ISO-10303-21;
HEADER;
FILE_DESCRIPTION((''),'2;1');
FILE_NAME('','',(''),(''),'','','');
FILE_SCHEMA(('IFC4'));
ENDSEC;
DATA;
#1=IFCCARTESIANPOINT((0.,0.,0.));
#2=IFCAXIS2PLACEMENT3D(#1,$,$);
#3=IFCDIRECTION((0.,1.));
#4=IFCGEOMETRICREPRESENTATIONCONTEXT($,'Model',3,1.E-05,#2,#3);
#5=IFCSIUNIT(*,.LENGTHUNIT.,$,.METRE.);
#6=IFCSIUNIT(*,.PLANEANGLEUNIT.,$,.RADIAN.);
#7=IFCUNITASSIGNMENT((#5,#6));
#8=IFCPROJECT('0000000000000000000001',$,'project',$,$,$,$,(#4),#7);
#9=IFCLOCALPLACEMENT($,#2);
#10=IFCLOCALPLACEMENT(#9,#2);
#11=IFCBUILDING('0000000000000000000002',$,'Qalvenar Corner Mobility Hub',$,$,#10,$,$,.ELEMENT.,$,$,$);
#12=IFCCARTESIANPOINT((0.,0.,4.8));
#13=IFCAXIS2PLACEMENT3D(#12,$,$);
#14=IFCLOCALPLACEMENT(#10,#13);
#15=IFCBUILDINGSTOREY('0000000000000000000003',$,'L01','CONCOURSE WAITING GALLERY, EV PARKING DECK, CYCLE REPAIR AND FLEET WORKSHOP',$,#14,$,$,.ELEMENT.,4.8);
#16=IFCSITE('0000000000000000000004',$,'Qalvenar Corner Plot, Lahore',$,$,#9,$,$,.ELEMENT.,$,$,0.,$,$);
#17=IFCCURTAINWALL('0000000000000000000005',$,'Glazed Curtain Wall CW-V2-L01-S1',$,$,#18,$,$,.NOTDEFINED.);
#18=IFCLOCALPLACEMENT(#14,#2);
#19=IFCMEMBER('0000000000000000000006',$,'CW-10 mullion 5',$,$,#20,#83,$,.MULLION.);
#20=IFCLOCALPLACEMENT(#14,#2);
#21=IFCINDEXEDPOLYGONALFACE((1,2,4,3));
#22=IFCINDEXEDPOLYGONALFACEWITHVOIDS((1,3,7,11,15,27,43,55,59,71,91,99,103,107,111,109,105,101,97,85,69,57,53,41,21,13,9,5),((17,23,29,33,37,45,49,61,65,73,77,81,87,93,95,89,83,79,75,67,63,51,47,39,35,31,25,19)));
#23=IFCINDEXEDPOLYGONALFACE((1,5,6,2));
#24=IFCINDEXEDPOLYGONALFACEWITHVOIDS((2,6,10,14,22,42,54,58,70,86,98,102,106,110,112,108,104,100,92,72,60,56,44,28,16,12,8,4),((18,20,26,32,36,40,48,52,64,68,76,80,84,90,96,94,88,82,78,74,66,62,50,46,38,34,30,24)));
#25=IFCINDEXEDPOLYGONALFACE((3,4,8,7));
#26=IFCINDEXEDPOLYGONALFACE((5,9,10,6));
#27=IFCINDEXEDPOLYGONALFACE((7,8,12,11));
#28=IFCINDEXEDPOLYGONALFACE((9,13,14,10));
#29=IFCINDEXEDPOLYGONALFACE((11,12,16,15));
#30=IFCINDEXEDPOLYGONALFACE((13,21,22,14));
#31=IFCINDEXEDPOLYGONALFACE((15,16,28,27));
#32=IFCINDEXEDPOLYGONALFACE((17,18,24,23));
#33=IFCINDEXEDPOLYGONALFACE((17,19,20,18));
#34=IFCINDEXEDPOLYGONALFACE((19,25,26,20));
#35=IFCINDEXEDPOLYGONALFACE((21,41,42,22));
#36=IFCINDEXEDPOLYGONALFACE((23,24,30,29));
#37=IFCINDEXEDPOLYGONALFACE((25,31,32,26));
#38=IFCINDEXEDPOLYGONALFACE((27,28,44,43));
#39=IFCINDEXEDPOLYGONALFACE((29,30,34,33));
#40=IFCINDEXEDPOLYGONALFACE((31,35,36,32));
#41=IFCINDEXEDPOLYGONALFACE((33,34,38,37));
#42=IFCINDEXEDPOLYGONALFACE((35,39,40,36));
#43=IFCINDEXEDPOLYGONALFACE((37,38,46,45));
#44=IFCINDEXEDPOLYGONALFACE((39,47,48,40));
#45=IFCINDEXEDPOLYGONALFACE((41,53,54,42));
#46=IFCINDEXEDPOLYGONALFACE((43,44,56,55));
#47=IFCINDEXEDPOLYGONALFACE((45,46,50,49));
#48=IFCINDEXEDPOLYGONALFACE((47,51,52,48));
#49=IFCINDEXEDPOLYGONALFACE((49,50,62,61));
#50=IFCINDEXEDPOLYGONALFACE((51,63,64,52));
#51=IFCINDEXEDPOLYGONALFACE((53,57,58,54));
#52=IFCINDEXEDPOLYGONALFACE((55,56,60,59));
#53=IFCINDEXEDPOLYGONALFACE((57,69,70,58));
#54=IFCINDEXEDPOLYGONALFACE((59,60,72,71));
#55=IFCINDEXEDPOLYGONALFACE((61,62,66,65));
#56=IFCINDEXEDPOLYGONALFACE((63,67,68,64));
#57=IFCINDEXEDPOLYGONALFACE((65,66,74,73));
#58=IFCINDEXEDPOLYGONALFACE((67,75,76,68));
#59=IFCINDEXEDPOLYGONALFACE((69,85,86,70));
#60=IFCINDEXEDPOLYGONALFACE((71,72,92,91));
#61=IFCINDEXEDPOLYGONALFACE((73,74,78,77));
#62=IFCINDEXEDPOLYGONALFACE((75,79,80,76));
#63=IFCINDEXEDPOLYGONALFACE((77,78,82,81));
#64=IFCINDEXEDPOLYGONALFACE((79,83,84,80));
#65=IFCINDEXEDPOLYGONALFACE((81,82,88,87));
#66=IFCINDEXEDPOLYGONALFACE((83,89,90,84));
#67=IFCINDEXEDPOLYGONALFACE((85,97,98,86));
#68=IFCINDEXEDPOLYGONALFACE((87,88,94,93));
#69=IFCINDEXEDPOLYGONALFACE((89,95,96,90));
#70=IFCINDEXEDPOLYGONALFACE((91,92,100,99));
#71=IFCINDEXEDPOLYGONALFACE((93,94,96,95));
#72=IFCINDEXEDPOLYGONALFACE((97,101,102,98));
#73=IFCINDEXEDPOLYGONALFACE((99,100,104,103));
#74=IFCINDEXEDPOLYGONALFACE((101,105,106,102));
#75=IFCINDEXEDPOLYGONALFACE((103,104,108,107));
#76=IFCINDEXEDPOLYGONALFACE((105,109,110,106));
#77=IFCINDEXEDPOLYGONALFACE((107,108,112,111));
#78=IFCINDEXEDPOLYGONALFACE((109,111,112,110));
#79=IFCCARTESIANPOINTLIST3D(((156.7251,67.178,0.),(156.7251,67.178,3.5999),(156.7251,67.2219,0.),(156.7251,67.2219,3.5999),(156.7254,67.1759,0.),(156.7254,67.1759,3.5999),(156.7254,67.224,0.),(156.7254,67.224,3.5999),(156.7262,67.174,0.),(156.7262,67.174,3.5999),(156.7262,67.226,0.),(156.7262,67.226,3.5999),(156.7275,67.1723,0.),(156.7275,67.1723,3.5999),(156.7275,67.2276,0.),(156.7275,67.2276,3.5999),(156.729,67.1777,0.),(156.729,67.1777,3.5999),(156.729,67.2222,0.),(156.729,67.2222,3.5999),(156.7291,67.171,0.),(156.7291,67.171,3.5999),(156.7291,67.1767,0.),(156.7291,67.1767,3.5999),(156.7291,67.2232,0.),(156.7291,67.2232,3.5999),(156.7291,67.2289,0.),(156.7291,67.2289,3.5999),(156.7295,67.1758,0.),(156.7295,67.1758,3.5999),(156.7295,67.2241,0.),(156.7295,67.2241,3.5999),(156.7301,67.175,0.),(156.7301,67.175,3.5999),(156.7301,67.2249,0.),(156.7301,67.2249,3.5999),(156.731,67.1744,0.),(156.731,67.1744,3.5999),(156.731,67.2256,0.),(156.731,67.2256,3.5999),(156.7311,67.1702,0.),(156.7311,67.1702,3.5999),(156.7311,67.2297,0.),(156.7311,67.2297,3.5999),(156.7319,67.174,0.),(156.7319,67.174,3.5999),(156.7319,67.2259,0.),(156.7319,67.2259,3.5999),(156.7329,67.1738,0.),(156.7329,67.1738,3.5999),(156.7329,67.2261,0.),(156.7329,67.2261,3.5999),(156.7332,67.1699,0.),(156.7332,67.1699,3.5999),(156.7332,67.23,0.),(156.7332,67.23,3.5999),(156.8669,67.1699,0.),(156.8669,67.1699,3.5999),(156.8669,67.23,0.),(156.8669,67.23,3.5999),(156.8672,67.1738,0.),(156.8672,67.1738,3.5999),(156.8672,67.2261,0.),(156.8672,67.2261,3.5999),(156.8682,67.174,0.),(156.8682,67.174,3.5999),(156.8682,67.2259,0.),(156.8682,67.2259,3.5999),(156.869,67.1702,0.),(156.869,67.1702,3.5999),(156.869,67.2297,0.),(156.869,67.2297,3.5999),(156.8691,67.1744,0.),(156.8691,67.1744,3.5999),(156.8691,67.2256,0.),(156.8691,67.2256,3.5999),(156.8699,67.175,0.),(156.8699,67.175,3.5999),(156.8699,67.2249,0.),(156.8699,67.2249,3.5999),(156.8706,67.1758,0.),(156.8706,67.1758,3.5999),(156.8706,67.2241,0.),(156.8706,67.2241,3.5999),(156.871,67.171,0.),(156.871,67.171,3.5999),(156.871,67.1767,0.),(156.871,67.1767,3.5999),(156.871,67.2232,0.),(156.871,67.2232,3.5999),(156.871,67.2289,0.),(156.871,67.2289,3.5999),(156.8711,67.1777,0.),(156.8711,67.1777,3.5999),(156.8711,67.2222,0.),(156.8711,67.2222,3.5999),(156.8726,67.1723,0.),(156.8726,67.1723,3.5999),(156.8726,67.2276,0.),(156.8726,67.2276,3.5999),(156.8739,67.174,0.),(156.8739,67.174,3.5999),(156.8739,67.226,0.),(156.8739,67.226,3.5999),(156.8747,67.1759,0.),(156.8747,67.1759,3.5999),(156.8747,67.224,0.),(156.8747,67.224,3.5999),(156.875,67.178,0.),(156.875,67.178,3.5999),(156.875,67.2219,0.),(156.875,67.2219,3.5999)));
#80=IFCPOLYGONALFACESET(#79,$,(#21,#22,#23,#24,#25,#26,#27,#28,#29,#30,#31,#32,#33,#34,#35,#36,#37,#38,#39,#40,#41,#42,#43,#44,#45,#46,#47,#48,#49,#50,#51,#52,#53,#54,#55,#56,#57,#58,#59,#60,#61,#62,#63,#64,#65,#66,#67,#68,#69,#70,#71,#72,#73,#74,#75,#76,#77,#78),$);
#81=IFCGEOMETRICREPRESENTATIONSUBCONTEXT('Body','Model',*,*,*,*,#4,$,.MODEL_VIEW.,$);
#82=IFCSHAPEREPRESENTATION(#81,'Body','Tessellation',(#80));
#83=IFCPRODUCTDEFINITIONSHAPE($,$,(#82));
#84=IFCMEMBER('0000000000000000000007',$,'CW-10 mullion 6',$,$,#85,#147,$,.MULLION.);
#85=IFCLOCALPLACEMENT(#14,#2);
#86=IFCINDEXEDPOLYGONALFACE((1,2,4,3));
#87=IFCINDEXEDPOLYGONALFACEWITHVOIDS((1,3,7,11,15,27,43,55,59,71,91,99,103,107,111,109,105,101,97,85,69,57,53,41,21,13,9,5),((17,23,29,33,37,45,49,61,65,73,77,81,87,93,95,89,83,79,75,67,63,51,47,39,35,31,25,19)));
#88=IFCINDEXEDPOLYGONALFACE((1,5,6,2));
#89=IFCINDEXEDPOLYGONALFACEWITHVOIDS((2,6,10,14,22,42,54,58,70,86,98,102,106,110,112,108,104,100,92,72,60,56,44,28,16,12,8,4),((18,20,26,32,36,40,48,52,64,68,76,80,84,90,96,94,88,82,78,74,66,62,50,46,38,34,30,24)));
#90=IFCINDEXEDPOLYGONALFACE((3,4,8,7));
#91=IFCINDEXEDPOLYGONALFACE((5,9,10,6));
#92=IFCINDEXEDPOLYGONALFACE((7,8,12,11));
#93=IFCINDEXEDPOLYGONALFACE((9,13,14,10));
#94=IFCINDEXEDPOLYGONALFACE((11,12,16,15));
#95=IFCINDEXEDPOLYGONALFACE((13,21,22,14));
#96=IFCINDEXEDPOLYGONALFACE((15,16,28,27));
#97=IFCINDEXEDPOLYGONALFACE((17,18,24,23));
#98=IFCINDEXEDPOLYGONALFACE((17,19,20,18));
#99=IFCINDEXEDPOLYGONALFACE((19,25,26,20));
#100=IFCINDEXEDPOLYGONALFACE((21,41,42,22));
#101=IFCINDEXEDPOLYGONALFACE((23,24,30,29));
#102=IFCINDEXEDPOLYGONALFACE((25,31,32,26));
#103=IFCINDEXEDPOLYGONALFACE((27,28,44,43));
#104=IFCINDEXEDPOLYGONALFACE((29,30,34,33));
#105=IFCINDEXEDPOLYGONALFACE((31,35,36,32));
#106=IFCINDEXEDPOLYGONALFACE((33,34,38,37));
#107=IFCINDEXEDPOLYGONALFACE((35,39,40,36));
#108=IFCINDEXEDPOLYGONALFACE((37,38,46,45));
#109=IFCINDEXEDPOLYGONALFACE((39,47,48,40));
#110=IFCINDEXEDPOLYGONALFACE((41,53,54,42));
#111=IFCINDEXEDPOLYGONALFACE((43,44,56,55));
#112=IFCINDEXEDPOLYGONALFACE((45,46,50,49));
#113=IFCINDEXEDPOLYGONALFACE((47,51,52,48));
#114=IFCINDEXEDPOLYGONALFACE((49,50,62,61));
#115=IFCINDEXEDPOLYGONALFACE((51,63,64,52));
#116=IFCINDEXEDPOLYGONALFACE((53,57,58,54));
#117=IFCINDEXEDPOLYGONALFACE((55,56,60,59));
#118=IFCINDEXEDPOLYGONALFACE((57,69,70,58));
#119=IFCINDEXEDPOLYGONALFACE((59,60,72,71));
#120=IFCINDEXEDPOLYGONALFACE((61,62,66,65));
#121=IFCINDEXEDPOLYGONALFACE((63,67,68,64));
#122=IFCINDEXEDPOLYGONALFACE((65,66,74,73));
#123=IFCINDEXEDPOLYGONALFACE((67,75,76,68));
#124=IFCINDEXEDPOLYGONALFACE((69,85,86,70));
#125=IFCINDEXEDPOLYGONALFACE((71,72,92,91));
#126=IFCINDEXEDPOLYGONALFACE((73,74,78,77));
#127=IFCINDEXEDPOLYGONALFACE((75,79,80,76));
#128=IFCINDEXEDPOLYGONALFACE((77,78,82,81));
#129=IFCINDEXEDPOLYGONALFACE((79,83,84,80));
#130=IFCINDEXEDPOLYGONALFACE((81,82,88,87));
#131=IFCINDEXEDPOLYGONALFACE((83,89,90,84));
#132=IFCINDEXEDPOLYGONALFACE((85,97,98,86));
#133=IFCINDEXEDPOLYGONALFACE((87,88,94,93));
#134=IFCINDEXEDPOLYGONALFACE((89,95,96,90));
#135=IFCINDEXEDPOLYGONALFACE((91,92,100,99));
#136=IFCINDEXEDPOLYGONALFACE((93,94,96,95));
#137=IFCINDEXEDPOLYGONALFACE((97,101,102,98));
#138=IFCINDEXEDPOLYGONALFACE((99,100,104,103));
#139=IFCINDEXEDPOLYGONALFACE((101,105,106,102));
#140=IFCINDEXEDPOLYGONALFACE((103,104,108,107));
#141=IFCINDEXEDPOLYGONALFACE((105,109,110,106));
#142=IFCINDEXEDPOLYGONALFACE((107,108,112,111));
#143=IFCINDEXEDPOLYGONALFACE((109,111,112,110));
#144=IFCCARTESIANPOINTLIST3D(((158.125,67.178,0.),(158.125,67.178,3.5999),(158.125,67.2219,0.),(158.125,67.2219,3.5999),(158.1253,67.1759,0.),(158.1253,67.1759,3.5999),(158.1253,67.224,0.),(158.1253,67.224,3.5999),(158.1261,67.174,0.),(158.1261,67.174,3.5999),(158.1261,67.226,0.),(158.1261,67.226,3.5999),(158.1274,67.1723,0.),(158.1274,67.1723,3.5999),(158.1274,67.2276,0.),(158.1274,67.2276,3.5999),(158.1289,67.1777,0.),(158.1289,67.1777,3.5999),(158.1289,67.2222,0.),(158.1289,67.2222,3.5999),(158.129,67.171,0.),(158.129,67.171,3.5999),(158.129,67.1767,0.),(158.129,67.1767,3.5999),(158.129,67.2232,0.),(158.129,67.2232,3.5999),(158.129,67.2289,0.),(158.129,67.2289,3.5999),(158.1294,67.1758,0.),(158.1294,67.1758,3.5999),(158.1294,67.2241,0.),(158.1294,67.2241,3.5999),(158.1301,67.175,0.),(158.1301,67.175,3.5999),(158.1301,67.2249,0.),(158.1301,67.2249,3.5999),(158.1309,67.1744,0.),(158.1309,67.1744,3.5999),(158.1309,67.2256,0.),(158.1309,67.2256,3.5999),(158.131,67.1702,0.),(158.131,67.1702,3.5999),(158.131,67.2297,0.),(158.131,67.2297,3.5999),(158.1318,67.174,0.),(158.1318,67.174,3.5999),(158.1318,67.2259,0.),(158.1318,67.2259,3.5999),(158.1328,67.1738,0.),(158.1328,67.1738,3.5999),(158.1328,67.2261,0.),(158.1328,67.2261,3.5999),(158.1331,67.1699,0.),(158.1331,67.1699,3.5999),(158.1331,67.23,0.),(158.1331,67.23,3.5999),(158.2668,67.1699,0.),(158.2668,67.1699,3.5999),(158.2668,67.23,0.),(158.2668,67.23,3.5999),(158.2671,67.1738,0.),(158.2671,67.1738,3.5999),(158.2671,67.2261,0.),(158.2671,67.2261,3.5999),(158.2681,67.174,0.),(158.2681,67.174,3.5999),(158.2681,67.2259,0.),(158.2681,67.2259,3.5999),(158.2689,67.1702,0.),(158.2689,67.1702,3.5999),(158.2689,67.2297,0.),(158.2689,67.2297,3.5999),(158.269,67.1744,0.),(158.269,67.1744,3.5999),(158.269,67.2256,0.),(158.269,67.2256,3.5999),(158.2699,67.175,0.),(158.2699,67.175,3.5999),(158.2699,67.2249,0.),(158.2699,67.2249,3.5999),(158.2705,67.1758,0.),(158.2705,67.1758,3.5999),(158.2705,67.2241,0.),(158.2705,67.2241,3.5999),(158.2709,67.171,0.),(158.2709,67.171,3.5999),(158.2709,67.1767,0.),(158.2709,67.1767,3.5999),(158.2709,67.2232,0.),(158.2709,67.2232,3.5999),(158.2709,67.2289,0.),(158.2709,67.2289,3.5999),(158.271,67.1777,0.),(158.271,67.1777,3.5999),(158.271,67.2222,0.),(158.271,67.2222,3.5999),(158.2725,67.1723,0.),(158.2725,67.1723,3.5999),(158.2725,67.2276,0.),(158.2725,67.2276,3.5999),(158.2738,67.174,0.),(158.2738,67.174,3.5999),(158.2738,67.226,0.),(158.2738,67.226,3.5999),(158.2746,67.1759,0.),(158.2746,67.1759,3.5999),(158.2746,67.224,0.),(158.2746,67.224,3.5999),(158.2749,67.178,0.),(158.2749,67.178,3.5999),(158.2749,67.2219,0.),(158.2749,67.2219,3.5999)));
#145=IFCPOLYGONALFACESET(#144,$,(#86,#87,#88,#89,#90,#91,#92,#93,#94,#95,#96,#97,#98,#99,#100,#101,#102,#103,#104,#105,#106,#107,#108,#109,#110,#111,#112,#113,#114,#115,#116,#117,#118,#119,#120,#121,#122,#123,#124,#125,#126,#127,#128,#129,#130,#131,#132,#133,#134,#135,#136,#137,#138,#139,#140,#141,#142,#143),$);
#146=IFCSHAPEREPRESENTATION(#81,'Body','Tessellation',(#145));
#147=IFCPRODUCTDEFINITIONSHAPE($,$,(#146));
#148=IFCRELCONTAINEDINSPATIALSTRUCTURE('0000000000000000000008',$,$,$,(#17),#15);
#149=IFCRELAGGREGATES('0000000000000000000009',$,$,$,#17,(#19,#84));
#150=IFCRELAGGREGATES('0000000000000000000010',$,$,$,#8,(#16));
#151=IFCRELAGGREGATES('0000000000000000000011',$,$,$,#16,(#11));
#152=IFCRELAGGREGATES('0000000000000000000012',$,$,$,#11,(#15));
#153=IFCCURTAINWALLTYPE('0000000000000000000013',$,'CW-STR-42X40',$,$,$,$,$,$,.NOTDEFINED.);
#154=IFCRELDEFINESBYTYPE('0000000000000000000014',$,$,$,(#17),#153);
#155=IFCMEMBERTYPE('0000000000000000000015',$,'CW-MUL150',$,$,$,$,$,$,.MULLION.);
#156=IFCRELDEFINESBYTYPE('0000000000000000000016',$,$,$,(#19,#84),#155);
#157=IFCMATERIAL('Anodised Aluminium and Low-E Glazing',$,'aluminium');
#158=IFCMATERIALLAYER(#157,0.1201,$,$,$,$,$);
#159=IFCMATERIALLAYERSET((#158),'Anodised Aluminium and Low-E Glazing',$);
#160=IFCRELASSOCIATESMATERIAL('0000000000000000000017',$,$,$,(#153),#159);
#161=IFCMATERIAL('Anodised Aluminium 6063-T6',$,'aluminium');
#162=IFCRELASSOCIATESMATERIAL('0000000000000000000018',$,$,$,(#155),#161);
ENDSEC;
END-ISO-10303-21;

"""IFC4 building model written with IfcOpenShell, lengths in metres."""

from ifc_helpers import new_model, si_unit, direction, frame, origin, origin_2d, place, context, subcontext, project, spatial, hollow_rectangle, extrude, material, layer, layer_set, material_profile, profile_set, type_object, element, aggregate, save


model = new_model("IFC4")

# Units and contexts
model_context = context("Model", 3, precision=1e-05, world=origin(), true_north=direction((0.0, 1.0)))
body_context = subcontext(model_context, "Body", "Model", "MODEL_VIEW")
ifc_project = project(units=[si_unit("LENGTHUNIT", "METRE"), si_unit("PLANEANGLEUNIT", "RADIAN")], contexts=[model_context])

# Site, building, storey
site_placement = place(None, origin())
site = spatial("IfcSite", under=ifc_project, at=site_placement, Name="Qalvenar Corner Plot, Lahore", CompositionType="ELEMENT", RefElevation=0.0)
building_placement = place(site_placement, origin())
building = spatial("IfcBuilding", under=site, at=building_placement, Name="Qalvenar Corner Mobility Hub", CompositionType="ELEMENT")
storey_placement = place(building_placement, frame((0.0, 0.0, 4.8)))
storey = spatial("IfcBuildingStorey", under=building, at=storey_placement, Name="L01", Description="CONCOURSE WAITING GALLERY, EV PARKING DECK, CYCLE REPAIR AND FLEET WORKSHOP", CompositionType="ELEMENT", Elevation=4.8)

# Curtain wall, members
ifc_material_1 = material(Name="Anodised Aluminium and Low-E Glazing", Category="aluminium")
ifc_layer_1 = layer(ifc_material_1, 0.1201)
ifc_layer_set_1 = layer_set([ifc_layer_1], Name="Anodised Aluminium and Low-E Glazing")
curtain_wall_type = type_object("IfcCurtainWallType", Name="CW-STR-42X40", PredefinedType="NOTDEFINED", material=ifc_layer_set_1)
curtain_wall_placement = place(storey_placement, origin())
curtain_wall = element("IfcCurtainWall", 1, at=curtain_wall_placement, inside=storey, type_object=curtain_wall_type, Name="Glazed Curtain Wall CW-V2-L01-S1", PredefinedType="NOTDEFINED")
ifc_material_2 = material(Name="Anodised Aluminium 6063-T6", Category="aluminium")
ifc_material_profile_1 = material_profile(ifc_material_2, hollow_rectangle(XDim=0.0601, YDim=0.1499, WallThickness=0.0039, InnerFilletRadius=0.0039, OuterFilletRadius=0.0081, at=origin_2d()), Name="RHS150x60x4")
ifc_profile_set_1 = profile_set([ifc_material_profile_1], Name="Anodised Aluminium 6063-T6")
member_type_1 = type_object("IfcMemberType", Name="CW-MUL150", PredefinedType="MULLION", material=ifc_profile_set_1)
member_1_placement = place(storey_placement, frame((156.8, 67.2, 0.0), z_axis=(0.0, 0.0, 1.0), x_axis=(0.0, 1.0, 0.0)))
member_1 = element("IfcMember", 2, at=member_1_placement, type_object=member_type_1, Name="CW-10 mullion 5", PredefinedType="MULLION", context=body_context, shape_type="SweptSolid", body=[
    extrude(hollow_rectangle(XDim=0.0601, YDim=0.1499, WallThickness=0.0039, InnerFilletRadius=0.0039, OuterFilletRadius=0.0081, at=origin_2d()), origin(), (0.0, 0.0, 1.0), 3.5999),
])
member_2_placement = place(storey_placement, frame((158.2, 67.2, 0.0), z_axis=(0.0, 0.0, 1.0), x_axis=(0.0, 1.0, 0.0)))
member_2 = element("IfcMember", 3, at=member_2_placement, type_object=member_type_1, Name="CW-10 mullion 6", PredefinedType="MULLION", context=body_context, shape_type="SweptSolid", body=[
    extrude(hollow_rectangle(XDim=0.0601, YDim=0.1499, WallThickness=0.0039, InnerFilletRadius=0.0039, OuterFilletRadius=0.0081, at=origin_2d()), origin(), (0.0, 0.0, 1.0), 3.5999),
])

aggregate(curtain_wall, [member_1, member_2])

save(model, "model.ifc")
